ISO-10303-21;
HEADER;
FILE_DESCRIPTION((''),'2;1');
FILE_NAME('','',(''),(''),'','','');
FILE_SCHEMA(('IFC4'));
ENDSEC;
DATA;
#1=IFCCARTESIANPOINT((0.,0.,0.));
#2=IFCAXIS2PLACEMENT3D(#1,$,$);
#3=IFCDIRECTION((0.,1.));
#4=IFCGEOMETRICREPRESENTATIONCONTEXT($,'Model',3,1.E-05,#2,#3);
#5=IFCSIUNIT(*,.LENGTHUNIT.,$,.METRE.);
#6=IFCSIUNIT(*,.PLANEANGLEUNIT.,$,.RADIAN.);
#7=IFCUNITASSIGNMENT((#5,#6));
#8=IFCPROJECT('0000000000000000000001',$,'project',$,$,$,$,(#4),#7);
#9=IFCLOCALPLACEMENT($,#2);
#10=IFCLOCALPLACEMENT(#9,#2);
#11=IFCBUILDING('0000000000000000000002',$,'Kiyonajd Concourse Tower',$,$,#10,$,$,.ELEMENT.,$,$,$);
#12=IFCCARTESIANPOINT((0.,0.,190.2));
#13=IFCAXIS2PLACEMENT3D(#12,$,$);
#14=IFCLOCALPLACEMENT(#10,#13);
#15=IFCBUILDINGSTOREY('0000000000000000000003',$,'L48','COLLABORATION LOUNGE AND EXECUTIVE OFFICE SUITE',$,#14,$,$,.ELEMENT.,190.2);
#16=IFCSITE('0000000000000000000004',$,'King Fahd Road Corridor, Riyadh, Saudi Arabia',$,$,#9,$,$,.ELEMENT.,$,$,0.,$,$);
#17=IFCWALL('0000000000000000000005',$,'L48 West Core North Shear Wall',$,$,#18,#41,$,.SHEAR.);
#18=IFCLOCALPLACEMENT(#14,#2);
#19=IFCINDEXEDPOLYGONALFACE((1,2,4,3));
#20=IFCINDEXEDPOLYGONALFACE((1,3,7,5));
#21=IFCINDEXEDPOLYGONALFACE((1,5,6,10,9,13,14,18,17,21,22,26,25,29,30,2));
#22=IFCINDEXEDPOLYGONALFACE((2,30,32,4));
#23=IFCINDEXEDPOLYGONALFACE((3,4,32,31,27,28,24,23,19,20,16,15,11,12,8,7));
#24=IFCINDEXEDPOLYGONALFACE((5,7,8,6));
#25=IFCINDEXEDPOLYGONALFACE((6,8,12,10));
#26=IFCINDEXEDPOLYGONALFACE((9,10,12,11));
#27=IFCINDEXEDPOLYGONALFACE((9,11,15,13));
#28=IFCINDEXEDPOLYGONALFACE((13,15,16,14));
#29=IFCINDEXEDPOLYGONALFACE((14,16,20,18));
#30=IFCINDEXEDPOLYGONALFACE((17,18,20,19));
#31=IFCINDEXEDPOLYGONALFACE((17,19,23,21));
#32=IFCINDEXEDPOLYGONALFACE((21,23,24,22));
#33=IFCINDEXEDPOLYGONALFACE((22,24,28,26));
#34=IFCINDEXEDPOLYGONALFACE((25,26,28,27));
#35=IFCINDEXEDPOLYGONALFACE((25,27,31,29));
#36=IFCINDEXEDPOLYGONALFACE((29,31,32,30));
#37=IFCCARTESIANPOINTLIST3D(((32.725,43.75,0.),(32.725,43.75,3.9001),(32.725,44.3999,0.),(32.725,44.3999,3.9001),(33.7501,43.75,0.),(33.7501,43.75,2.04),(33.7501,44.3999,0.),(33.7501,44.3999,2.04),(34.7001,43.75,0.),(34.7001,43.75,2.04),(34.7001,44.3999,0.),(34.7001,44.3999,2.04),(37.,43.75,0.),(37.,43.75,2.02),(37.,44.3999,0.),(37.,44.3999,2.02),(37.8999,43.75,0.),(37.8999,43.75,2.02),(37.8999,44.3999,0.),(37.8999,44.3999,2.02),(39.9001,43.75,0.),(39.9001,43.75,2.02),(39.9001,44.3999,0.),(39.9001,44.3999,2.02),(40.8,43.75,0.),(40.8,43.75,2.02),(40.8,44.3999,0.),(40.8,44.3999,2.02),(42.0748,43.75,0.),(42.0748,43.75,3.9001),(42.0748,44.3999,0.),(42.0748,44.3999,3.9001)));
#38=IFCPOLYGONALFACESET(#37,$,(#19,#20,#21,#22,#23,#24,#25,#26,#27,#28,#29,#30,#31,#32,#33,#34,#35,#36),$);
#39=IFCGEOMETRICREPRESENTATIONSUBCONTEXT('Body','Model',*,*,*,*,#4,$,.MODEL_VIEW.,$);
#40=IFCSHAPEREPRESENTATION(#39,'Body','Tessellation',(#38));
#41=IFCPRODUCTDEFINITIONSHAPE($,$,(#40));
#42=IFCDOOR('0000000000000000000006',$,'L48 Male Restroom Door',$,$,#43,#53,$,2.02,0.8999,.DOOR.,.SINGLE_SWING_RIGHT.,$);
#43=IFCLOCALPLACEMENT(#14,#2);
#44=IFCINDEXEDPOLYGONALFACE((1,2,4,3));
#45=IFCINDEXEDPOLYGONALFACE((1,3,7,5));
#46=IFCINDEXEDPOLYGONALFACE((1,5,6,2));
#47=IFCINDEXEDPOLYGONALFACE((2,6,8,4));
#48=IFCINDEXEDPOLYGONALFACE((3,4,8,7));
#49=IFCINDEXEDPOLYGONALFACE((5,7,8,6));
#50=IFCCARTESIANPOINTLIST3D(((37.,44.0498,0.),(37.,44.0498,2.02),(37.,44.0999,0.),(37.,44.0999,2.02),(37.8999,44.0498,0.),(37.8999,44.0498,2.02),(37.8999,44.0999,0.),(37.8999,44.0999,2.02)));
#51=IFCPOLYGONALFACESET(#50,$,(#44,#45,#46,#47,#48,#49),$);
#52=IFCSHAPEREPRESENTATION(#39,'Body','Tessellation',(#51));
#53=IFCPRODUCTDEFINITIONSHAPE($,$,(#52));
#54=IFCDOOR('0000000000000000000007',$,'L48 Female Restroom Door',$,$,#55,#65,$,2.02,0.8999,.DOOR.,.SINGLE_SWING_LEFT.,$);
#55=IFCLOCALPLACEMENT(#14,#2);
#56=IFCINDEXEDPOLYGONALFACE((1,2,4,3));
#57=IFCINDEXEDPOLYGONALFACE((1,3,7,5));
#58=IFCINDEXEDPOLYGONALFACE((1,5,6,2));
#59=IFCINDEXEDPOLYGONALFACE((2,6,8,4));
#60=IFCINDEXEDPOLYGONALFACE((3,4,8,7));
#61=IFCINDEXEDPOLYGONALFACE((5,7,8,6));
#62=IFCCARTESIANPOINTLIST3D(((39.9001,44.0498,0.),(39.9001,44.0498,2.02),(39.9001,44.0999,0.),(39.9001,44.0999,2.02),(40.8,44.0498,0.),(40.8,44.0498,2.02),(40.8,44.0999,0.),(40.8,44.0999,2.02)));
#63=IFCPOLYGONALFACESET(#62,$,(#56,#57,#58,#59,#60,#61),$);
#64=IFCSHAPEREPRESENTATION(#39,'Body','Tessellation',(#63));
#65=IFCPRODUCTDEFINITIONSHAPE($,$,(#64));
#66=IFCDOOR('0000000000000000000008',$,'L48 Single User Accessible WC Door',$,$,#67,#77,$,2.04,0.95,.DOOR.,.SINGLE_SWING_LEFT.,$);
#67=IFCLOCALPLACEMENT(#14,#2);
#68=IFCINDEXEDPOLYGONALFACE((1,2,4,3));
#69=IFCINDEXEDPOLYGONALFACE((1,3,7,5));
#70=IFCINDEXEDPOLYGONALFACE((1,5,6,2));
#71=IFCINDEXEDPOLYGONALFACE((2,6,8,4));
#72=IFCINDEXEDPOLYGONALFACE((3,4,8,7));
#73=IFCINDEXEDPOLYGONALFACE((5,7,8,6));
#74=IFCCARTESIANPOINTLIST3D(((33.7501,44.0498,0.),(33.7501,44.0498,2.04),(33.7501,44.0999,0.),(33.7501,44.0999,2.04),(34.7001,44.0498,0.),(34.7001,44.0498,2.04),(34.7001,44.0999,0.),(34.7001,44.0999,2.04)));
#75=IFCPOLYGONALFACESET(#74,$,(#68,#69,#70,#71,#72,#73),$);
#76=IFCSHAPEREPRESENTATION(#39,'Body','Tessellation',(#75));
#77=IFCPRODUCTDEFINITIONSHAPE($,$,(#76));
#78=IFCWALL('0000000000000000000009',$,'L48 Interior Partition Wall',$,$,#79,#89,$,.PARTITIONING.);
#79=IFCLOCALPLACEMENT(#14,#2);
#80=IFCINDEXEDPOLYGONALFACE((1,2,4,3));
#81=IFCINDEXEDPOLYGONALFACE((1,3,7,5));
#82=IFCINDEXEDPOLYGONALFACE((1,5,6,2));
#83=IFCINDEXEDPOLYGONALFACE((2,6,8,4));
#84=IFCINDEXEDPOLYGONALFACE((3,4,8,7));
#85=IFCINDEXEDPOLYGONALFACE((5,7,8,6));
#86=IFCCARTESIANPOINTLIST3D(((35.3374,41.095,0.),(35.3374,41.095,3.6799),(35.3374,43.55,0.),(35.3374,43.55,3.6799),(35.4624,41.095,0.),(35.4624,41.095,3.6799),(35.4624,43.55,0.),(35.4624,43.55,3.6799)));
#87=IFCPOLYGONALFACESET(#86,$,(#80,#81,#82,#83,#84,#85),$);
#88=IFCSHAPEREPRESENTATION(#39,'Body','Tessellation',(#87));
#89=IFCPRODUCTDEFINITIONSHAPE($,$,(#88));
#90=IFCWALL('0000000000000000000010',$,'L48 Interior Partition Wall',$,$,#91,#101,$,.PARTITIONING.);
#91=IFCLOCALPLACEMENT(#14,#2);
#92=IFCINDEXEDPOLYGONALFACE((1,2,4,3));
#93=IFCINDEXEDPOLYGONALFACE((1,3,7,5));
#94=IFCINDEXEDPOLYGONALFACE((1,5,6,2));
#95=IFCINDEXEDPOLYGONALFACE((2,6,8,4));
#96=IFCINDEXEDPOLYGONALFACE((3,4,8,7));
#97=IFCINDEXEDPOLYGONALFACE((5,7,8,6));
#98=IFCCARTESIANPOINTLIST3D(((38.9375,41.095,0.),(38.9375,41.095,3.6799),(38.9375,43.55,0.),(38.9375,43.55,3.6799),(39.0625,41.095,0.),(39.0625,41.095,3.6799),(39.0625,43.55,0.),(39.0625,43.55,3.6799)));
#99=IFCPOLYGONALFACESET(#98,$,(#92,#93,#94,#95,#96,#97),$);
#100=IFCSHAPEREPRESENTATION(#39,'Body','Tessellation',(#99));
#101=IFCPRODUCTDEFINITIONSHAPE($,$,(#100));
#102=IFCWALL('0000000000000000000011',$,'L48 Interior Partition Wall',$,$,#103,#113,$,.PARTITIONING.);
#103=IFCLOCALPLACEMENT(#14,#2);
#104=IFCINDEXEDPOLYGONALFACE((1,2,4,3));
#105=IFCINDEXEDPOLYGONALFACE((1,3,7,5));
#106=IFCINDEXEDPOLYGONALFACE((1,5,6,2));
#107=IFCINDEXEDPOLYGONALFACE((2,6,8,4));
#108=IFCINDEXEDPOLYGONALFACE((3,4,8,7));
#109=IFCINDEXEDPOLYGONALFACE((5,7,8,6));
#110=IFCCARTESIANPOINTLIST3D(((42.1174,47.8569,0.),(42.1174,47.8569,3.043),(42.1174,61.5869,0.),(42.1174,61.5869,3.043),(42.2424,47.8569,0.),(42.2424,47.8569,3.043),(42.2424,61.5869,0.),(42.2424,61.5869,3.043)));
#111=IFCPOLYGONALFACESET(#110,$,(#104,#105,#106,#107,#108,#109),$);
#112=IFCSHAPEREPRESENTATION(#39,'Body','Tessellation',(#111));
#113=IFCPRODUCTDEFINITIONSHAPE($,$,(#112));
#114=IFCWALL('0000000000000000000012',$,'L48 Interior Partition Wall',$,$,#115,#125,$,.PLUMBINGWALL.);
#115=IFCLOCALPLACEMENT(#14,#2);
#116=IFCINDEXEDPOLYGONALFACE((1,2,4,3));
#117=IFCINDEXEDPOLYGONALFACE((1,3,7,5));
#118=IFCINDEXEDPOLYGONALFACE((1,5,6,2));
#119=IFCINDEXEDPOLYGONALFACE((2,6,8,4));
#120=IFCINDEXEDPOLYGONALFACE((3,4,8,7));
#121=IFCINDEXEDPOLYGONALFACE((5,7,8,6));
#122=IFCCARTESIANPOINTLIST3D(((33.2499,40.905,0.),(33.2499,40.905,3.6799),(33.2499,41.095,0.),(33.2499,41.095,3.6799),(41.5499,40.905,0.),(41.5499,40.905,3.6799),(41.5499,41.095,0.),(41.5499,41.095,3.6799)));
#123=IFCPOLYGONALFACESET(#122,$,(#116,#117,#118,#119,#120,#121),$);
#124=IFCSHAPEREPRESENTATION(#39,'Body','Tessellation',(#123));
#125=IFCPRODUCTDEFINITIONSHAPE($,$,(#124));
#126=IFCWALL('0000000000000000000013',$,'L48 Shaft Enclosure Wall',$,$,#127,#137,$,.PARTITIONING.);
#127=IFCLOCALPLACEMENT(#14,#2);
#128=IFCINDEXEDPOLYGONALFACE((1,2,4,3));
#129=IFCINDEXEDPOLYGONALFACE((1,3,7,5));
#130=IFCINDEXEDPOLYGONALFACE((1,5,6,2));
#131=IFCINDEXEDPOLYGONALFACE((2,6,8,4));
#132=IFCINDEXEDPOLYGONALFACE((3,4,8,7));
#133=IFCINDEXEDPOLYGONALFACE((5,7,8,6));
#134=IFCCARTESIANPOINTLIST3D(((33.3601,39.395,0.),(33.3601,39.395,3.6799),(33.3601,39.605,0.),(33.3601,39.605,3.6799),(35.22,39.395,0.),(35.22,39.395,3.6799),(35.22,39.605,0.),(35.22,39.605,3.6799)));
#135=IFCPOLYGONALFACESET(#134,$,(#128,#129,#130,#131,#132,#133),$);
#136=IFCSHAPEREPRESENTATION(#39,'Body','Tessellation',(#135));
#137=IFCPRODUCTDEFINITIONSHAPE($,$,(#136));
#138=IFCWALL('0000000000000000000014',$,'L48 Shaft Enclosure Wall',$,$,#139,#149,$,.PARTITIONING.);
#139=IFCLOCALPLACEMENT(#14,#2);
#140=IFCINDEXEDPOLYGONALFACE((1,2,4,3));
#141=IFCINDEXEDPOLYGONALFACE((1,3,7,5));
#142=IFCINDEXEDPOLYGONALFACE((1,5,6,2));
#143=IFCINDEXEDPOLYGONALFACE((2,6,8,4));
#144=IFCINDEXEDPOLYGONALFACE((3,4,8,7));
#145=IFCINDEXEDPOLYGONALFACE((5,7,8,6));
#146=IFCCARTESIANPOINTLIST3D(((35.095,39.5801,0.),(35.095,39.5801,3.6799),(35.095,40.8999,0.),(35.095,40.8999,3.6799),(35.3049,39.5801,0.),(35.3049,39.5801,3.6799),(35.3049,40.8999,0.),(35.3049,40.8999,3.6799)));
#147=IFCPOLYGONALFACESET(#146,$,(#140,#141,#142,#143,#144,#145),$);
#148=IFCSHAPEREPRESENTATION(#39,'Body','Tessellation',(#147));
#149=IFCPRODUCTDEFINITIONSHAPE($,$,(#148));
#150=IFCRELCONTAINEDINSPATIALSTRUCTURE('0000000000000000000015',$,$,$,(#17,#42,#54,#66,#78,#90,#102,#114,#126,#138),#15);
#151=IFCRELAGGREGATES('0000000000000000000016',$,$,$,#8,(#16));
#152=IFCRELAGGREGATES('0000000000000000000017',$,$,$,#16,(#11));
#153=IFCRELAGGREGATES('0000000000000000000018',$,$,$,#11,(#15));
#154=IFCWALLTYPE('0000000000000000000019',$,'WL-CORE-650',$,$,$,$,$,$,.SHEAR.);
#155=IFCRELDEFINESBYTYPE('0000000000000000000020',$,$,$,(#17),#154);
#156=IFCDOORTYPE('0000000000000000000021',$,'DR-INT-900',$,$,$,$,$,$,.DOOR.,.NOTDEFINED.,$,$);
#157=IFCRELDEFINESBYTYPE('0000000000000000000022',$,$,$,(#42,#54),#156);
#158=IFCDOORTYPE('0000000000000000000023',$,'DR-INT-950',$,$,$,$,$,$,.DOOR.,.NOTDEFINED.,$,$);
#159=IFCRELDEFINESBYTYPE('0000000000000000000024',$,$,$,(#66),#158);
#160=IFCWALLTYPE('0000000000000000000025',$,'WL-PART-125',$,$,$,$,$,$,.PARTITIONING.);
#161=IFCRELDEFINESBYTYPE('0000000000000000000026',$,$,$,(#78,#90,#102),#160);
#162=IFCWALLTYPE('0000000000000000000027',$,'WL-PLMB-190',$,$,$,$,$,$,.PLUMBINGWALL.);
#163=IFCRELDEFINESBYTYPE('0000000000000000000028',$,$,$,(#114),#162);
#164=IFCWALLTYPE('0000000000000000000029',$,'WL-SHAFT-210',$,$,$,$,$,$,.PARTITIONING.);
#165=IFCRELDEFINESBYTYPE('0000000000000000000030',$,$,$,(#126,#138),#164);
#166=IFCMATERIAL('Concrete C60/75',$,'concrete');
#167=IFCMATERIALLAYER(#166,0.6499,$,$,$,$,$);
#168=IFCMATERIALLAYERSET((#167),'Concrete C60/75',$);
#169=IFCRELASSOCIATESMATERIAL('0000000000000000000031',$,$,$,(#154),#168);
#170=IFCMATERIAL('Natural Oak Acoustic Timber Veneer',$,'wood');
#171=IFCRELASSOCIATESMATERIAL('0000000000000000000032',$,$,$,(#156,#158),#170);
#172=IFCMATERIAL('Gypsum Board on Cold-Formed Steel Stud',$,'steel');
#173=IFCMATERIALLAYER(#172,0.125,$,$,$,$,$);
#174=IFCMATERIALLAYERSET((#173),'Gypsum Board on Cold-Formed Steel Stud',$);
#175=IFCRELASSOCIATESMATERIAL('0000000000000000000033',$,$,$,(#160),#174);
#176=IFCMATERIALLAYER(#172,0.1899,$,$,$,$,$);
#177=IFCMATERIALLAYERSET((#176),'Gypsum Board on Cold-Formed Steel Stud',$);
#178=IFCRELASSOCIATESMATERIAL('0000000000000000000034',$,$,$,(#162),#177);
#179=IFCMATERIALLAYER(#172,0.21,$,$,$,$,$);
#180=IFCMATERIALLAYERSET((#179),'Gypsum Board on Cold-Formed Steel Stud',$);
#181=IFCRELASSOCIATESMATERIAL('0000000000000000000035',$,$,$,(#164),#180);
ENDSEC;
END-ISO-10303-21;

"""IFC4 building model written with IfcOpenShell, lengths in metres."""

from ifc_helpers import new_model, si_unit, direction, frame, frame_2d, origin, place, context, subcontext, project, spatial, rectangle, extrude, material, layer, layer_set, type_object, element, fill, save


model = new_model("IFC4")

# Units and contexts
model_context = context("Model", 3, precision=1e-05, world=origin(), true_north=direction((0.0, 1.0)))
body_context = subcontext(model_context, "Body", "Model", "MODEL_VIEW")
ifc_project = project(units=[si_unit("LENGTHUNIT", "METRE"), si_unit("PLANEANGLEUNIT", "RADIAN")], contexts=[model_context])

# Site, building, storey
site_placement = place(None, origin())
site = spatial("IfcSite", under=ifc_project, at=site_placement, Name="King Fahd Road Corridor, Riyadh, Saudi Arabia", CompositionType="ELEMENT", RefElevation=0.0)
building_placement = place(site_placement, origin())
building = spatial("IfcBuilding", under=site, at=building_placement, Name="Kiyonajd Concourse Tower", CompositionType="ELEMENT")
storey_placement = place(building_placement, frame((0.0, 0.0, 190.2)))
storey = spatial("IfcBuildingStorey", under=building, at=storey_placement, Name="L48", Description="COLLABORATION LOUNGE AND EXECUTIVE OFFICE SUITE", CompositionType="ELEMENT", Elevation=190.2)

# Shared definitions
ifc_material_1 = material(Name="Concrete C60/75", Category="concrete")

# Wall, openings, doors
ifc_layer_1 = layer(ifc_material_1, 0.6499)
ifc_layer_set_1 = layer_set([ifc_layer_1], Name="Concrete C60/75")
wall_type_1 = type_object("IfcWallType", Name="WL-CORE-650", PredefinedType="SHEAR", material=ifc_layer_set_1)
wall_1_placement = place(storey_placement, frame((32.7251, 44.075, 0.0), z_axis=(0.0, 0.0, 1.0), x_axis=(1.0, 0.0, 0.0)))
wall_1 = element("IfcWall", 1, at=wall_1_placement, inside=storey, type_object=wall_type_1, Name="L48 West Core North Shear Wall", PredefinedType="SHEAR", context=body_context, shape_type="SweptSolid", body=[
    extrude(rectangle(XDim=9.3499, YDim=0.6499, at=frame_2d((4.6748, 0.0))), origin(), (0.0, 0.0, 1.0), 3.9001),
])
opening_1_placement = place(wall_1_placement, frame((1.0249, 0.0, 0.0)))
opening_1 = element("IfcOpeningElement", 2, at=opening_1_placement, cuts=wall_1, PredefinedType="OPENING", context=body_context, shape_type="SweptSolid", body=[
    extrude(rectangle(XDim=0.95, YDim=2.04, at=frame_2d((0.4751, 1.02))), frame((0.0, 0.335, 0.0), z_axis=(0.0, -1.0, 0.0), x_axis=(1.0, 0.0, 0.0)), (0.0, 0.0, 1.0), 0.6699),
])
opening_2_placement = place(wall_1_placement, frame((4.2749, 0.0, 0.0)))
opening_2 = element("IfcOpeningElement", 3, at=opening_2_placement, cuts=wall_1, PredefinedType="OPENING", context=body_context, shape_type="SweptSolid", body=[
    extrude(rectangle(XDim=0.8999, YDim=2.02, at=frame_2d((0.45, 1.01))), frame((0.0, 0.335, 0.0), z_axis=(0.0, -1.0, 0.0), x_axis=(1.0, 0.0, 0.0)), (0.0, 0.0, 1.0), 0.6699),
])
opening_3_placement = place(wall_1_placement, frame((7.175, 0.0, 0.0)))
opening_3 = element("IfcOpeningElement", 4, at=opening_3_placement, cuts=wall_1, PredefinedType="OPENING", context=body_context, shape_type="SweptSolid", body=[
    extrude(rectangle(XDim=0.8999, YDim=2.02, at=frame_2d((0.45, 1.01))), frame((0.0, 0.335, 0.0), z_axis=(0.0, -1.0, 0.0), x_axis=(1.0, 0.0, 0.0)), (0.0, 0.0, 1.0), 0.6699),
])
ifc_material_2 = material(Name="Natural Oak Acoustic Timber Veneer", Category="wood")
door_type_1 = type_object("IfcDoorType", Name="DR-INT-900", OperationType="NOTDEFINED", PredefinedType="DOOR", material=ifc_material_2)
door_1_placement = place(opening_2_placement, origin())
door_1 = element("IfcDoor", 5, at=door_1_placement, inside=storey, type_object=door_type_1, Name="L48 Male Restroom Door", OperationType="SINGLE_SWING_RIGHT", OverallHeight=2.02, OverallWidth=0.8999, PredefinedType="DOOR", context=body_context, shape_type="SweptSolid", body=[
    extrude(rectangle(XDim=0.8999, YDim=2.02, at=frame_2d((0.45, 1.01))), frame((0.0, 0.0249, 0.0), z_axis=(0.0, -1.0, 0.0), x_axis=(1.0, 0.0, 0.0)), (0.0, 0.0, 1.0), 0.05),
])
fill(opening_2, door_1)
door_2_placement = place(opening_3_placement, origin())
door_2 = element("IfcDoor", 6, at=door_2_placement, inside=storey, type_object=door_type_1, Name="L48 Female Restroom Door", OperationType="SINGLE_SWING_LEFT", OverallHeight=2.02, OverallWidth=0.8999, PredefinedType="DOOR", context=body_context, shape_type="SweptSolid", body=[
    extrude(rectangle(XDim=0.8999, YDim=2.02, at=frame_2d((0.45, 1.01))), frame((0.0, 0.0249, 0.0), z_axis=(0.0, -1.0, 0.0), x_axis=(1.0, 0.0, 0.0)), (0.0, 0.0, 1.0), 0.05),
])
fill(opening_3, door_2)
door_type_2 = type_object("IfcDoorType", Name="DR-INT-950", OperationType="NOTDEFINED", PredefinedType="DOOR", material=ifc_material_2)
door_3_placement = place(opening_1_placement, origin())
door_3 = element("IfcDoor", 7, at=door_3_placement, inside=storey, type_object=door_type_2, Name="L48 Single User Accessible WC Door", OperationType="SINGLE_SWING_LEFT", OverallHeight=2.04, OverallWidth=0.95, PredefinedType="DOOR", context=body_context, shape_type="SweptSolid", body=[
    extrude(rectangle(XDim=0.95, YDim=2.04, at=frame_2d((0.4751, 1.02))), frame((0.0, 0.0249, 0.0), z_axis=(0.0, -1.0, 0.0), x_axis=(1.0, 0.0, 0.0)), (0.0, 0.0, 1.0), 0.05),
])
fill(opening_1, door_3)

# Walls
ifc_material_3 = material(Name="Gypsum Board on Cold-Formed Steel Stud", Category="steel")
ifc_layer_2 = layer(ifc_material_3, 0.125)
ifc_layer_set_2 = layer_set([ifc_layer_2], Name="Gypsum Board on Cold-Formed Steel Stud")
wall_type_2 = type_object("IfcWallType", Name="WL-PART-125", PredefinedType="PARTITIONING", material=ifc_layer_set_2)
for number, where, z_axis, x_axis, name in (
    (8, (35.3999, 41.095, 0.0), (0.0, 0.0, 1.0), (0.0, 1.0, 0.0), "L48 Interior Partition Wall"),
    (9, (39.0, 41.095, 0.0), (0.0, 0.0, 1.0), (0.0, 1.0, 0.0), "L48 Interior Partition Wall"),
):
    element("IfcWall", number, at=place(storey_placement, frame(where, z_axis=z_axis, x_axis=x_axis)), inside=storey, type_object=wall_type_2, Name=name, PredefinedType="PARTITIONING", context=body_context, shape_type="SweptSolid", body=[
        extrude(rectangle(XDim=2.4551, YDim=0.125, at=frame_2d((1.2275, 0.0))), origin(), (0.0, 0.0, 1.0), 3.6799),
    ])
wall_2_placement = place(storey_placement, frame((42.1799, 47.8569, 0.0), z_axis=(0.0, 0.0, 1.0), x_axis=(0.0, 1.0, 0.0)))
element("IfcWall", 10, at=wall_2_placement, inside=storey, type_object=wall_type_2, Name="L48 Interior Partition Wall", PredefinedType="PARTITIONING", context=body_context, shape_type="SweptSolid", body=[
    extrude(rectangle(XDim=13.73, YDim=0.125, at=frame_2d((6.865, 0.0))), origin(), (0.0, 0.0, 1.0), 3.043),
])
ifc_layer_3 = layer(ifc_material_3, 0.1899)
ifc_layer_set_3 = layer_set([ifc_layer_3], Name="Gypsum Board on Cold-Formed Steel Stud")
wall_type_3 = type_object("IfcWallType", Name="WL-PLMB-190", PredefinedType="PLUMBINGWALL", material=ifc_layer_set_3)
wall_3_placement = place(storey_placement, frame((33.25, 41.0, 0.0), z_axis=(0.0, 0.0, 1.0), x_axis=(1.0, 0.0, 0.0)))
element("IfcWall", 11, at=wall_3_placement, inside=storey, type_object=wall_type_3, Name="L48 Interior Partition Wall", PredefinedType="PLUMBINGWALL", context=body_context, shape_type="SweptSolid", body=[
    extrude(rectangle(XDim=8.3, YDim=0.1899, at=frame_2d((4.1499, 0.0))), origin(), (0.0, 0.0, 1.0), 3.6799),
])
ifc_layer_4 = layer(ifc_material_3, 0.21)
ifc_layer_set_4 = layer_set([ifc_layer_4], Name="Gypsum Board on Cold-Formed Steel Stud")
wall_type_4 = type_object("IfcWallType", Name="WL-SHAFT-210", PredefinedType="PARTITIONING", material=ifc_layer_set_4)
wall_4_placement = place(storey_placement, frame((33.3601, 39.5, 0.0), z_axis=(0.0, 0.0, 1.0), x_axis=(1.0, 0.0, 0.0)))
element("IfcWall", 12, at=wall_4_placement, inside=storey, type_object=wall_type_4, Name="L48 Shaft Enclosure Wall", PredefinedType="PARTITIONING", context=body_context, shape_type="SweptSolid", body=[
    extrude(rectangle(XDim=1.8599, YDim=0.21, at=frame_2d((0.9299, 0.0))), origin(), (0.0, 0.0, 1.0), 3.6799),
])
wall_5_placement = place(storey_placement, frame((35.2, 39.5801, 0.0), z_axis=(0.0, 0.0, 1.0), x_axis=(0.0, 1.0, 0.0)))
element("IfcWall", 13, at=wall_5_placement, inside=storey, type_object=wall_type_4, Name="L48 Shaft Enclosure Wall", PredefinedType="PARTITIONING", context=body_context, shape_type="SweptSolid", body=[
    extrude(rectangle(XDim=1.3198, YDim=0.21, at=frame_2d((0.6599, 0.0))), origin(), (0.0, 0.0, 1.0), 3.6799),
])

save(model, "model.ifc")
